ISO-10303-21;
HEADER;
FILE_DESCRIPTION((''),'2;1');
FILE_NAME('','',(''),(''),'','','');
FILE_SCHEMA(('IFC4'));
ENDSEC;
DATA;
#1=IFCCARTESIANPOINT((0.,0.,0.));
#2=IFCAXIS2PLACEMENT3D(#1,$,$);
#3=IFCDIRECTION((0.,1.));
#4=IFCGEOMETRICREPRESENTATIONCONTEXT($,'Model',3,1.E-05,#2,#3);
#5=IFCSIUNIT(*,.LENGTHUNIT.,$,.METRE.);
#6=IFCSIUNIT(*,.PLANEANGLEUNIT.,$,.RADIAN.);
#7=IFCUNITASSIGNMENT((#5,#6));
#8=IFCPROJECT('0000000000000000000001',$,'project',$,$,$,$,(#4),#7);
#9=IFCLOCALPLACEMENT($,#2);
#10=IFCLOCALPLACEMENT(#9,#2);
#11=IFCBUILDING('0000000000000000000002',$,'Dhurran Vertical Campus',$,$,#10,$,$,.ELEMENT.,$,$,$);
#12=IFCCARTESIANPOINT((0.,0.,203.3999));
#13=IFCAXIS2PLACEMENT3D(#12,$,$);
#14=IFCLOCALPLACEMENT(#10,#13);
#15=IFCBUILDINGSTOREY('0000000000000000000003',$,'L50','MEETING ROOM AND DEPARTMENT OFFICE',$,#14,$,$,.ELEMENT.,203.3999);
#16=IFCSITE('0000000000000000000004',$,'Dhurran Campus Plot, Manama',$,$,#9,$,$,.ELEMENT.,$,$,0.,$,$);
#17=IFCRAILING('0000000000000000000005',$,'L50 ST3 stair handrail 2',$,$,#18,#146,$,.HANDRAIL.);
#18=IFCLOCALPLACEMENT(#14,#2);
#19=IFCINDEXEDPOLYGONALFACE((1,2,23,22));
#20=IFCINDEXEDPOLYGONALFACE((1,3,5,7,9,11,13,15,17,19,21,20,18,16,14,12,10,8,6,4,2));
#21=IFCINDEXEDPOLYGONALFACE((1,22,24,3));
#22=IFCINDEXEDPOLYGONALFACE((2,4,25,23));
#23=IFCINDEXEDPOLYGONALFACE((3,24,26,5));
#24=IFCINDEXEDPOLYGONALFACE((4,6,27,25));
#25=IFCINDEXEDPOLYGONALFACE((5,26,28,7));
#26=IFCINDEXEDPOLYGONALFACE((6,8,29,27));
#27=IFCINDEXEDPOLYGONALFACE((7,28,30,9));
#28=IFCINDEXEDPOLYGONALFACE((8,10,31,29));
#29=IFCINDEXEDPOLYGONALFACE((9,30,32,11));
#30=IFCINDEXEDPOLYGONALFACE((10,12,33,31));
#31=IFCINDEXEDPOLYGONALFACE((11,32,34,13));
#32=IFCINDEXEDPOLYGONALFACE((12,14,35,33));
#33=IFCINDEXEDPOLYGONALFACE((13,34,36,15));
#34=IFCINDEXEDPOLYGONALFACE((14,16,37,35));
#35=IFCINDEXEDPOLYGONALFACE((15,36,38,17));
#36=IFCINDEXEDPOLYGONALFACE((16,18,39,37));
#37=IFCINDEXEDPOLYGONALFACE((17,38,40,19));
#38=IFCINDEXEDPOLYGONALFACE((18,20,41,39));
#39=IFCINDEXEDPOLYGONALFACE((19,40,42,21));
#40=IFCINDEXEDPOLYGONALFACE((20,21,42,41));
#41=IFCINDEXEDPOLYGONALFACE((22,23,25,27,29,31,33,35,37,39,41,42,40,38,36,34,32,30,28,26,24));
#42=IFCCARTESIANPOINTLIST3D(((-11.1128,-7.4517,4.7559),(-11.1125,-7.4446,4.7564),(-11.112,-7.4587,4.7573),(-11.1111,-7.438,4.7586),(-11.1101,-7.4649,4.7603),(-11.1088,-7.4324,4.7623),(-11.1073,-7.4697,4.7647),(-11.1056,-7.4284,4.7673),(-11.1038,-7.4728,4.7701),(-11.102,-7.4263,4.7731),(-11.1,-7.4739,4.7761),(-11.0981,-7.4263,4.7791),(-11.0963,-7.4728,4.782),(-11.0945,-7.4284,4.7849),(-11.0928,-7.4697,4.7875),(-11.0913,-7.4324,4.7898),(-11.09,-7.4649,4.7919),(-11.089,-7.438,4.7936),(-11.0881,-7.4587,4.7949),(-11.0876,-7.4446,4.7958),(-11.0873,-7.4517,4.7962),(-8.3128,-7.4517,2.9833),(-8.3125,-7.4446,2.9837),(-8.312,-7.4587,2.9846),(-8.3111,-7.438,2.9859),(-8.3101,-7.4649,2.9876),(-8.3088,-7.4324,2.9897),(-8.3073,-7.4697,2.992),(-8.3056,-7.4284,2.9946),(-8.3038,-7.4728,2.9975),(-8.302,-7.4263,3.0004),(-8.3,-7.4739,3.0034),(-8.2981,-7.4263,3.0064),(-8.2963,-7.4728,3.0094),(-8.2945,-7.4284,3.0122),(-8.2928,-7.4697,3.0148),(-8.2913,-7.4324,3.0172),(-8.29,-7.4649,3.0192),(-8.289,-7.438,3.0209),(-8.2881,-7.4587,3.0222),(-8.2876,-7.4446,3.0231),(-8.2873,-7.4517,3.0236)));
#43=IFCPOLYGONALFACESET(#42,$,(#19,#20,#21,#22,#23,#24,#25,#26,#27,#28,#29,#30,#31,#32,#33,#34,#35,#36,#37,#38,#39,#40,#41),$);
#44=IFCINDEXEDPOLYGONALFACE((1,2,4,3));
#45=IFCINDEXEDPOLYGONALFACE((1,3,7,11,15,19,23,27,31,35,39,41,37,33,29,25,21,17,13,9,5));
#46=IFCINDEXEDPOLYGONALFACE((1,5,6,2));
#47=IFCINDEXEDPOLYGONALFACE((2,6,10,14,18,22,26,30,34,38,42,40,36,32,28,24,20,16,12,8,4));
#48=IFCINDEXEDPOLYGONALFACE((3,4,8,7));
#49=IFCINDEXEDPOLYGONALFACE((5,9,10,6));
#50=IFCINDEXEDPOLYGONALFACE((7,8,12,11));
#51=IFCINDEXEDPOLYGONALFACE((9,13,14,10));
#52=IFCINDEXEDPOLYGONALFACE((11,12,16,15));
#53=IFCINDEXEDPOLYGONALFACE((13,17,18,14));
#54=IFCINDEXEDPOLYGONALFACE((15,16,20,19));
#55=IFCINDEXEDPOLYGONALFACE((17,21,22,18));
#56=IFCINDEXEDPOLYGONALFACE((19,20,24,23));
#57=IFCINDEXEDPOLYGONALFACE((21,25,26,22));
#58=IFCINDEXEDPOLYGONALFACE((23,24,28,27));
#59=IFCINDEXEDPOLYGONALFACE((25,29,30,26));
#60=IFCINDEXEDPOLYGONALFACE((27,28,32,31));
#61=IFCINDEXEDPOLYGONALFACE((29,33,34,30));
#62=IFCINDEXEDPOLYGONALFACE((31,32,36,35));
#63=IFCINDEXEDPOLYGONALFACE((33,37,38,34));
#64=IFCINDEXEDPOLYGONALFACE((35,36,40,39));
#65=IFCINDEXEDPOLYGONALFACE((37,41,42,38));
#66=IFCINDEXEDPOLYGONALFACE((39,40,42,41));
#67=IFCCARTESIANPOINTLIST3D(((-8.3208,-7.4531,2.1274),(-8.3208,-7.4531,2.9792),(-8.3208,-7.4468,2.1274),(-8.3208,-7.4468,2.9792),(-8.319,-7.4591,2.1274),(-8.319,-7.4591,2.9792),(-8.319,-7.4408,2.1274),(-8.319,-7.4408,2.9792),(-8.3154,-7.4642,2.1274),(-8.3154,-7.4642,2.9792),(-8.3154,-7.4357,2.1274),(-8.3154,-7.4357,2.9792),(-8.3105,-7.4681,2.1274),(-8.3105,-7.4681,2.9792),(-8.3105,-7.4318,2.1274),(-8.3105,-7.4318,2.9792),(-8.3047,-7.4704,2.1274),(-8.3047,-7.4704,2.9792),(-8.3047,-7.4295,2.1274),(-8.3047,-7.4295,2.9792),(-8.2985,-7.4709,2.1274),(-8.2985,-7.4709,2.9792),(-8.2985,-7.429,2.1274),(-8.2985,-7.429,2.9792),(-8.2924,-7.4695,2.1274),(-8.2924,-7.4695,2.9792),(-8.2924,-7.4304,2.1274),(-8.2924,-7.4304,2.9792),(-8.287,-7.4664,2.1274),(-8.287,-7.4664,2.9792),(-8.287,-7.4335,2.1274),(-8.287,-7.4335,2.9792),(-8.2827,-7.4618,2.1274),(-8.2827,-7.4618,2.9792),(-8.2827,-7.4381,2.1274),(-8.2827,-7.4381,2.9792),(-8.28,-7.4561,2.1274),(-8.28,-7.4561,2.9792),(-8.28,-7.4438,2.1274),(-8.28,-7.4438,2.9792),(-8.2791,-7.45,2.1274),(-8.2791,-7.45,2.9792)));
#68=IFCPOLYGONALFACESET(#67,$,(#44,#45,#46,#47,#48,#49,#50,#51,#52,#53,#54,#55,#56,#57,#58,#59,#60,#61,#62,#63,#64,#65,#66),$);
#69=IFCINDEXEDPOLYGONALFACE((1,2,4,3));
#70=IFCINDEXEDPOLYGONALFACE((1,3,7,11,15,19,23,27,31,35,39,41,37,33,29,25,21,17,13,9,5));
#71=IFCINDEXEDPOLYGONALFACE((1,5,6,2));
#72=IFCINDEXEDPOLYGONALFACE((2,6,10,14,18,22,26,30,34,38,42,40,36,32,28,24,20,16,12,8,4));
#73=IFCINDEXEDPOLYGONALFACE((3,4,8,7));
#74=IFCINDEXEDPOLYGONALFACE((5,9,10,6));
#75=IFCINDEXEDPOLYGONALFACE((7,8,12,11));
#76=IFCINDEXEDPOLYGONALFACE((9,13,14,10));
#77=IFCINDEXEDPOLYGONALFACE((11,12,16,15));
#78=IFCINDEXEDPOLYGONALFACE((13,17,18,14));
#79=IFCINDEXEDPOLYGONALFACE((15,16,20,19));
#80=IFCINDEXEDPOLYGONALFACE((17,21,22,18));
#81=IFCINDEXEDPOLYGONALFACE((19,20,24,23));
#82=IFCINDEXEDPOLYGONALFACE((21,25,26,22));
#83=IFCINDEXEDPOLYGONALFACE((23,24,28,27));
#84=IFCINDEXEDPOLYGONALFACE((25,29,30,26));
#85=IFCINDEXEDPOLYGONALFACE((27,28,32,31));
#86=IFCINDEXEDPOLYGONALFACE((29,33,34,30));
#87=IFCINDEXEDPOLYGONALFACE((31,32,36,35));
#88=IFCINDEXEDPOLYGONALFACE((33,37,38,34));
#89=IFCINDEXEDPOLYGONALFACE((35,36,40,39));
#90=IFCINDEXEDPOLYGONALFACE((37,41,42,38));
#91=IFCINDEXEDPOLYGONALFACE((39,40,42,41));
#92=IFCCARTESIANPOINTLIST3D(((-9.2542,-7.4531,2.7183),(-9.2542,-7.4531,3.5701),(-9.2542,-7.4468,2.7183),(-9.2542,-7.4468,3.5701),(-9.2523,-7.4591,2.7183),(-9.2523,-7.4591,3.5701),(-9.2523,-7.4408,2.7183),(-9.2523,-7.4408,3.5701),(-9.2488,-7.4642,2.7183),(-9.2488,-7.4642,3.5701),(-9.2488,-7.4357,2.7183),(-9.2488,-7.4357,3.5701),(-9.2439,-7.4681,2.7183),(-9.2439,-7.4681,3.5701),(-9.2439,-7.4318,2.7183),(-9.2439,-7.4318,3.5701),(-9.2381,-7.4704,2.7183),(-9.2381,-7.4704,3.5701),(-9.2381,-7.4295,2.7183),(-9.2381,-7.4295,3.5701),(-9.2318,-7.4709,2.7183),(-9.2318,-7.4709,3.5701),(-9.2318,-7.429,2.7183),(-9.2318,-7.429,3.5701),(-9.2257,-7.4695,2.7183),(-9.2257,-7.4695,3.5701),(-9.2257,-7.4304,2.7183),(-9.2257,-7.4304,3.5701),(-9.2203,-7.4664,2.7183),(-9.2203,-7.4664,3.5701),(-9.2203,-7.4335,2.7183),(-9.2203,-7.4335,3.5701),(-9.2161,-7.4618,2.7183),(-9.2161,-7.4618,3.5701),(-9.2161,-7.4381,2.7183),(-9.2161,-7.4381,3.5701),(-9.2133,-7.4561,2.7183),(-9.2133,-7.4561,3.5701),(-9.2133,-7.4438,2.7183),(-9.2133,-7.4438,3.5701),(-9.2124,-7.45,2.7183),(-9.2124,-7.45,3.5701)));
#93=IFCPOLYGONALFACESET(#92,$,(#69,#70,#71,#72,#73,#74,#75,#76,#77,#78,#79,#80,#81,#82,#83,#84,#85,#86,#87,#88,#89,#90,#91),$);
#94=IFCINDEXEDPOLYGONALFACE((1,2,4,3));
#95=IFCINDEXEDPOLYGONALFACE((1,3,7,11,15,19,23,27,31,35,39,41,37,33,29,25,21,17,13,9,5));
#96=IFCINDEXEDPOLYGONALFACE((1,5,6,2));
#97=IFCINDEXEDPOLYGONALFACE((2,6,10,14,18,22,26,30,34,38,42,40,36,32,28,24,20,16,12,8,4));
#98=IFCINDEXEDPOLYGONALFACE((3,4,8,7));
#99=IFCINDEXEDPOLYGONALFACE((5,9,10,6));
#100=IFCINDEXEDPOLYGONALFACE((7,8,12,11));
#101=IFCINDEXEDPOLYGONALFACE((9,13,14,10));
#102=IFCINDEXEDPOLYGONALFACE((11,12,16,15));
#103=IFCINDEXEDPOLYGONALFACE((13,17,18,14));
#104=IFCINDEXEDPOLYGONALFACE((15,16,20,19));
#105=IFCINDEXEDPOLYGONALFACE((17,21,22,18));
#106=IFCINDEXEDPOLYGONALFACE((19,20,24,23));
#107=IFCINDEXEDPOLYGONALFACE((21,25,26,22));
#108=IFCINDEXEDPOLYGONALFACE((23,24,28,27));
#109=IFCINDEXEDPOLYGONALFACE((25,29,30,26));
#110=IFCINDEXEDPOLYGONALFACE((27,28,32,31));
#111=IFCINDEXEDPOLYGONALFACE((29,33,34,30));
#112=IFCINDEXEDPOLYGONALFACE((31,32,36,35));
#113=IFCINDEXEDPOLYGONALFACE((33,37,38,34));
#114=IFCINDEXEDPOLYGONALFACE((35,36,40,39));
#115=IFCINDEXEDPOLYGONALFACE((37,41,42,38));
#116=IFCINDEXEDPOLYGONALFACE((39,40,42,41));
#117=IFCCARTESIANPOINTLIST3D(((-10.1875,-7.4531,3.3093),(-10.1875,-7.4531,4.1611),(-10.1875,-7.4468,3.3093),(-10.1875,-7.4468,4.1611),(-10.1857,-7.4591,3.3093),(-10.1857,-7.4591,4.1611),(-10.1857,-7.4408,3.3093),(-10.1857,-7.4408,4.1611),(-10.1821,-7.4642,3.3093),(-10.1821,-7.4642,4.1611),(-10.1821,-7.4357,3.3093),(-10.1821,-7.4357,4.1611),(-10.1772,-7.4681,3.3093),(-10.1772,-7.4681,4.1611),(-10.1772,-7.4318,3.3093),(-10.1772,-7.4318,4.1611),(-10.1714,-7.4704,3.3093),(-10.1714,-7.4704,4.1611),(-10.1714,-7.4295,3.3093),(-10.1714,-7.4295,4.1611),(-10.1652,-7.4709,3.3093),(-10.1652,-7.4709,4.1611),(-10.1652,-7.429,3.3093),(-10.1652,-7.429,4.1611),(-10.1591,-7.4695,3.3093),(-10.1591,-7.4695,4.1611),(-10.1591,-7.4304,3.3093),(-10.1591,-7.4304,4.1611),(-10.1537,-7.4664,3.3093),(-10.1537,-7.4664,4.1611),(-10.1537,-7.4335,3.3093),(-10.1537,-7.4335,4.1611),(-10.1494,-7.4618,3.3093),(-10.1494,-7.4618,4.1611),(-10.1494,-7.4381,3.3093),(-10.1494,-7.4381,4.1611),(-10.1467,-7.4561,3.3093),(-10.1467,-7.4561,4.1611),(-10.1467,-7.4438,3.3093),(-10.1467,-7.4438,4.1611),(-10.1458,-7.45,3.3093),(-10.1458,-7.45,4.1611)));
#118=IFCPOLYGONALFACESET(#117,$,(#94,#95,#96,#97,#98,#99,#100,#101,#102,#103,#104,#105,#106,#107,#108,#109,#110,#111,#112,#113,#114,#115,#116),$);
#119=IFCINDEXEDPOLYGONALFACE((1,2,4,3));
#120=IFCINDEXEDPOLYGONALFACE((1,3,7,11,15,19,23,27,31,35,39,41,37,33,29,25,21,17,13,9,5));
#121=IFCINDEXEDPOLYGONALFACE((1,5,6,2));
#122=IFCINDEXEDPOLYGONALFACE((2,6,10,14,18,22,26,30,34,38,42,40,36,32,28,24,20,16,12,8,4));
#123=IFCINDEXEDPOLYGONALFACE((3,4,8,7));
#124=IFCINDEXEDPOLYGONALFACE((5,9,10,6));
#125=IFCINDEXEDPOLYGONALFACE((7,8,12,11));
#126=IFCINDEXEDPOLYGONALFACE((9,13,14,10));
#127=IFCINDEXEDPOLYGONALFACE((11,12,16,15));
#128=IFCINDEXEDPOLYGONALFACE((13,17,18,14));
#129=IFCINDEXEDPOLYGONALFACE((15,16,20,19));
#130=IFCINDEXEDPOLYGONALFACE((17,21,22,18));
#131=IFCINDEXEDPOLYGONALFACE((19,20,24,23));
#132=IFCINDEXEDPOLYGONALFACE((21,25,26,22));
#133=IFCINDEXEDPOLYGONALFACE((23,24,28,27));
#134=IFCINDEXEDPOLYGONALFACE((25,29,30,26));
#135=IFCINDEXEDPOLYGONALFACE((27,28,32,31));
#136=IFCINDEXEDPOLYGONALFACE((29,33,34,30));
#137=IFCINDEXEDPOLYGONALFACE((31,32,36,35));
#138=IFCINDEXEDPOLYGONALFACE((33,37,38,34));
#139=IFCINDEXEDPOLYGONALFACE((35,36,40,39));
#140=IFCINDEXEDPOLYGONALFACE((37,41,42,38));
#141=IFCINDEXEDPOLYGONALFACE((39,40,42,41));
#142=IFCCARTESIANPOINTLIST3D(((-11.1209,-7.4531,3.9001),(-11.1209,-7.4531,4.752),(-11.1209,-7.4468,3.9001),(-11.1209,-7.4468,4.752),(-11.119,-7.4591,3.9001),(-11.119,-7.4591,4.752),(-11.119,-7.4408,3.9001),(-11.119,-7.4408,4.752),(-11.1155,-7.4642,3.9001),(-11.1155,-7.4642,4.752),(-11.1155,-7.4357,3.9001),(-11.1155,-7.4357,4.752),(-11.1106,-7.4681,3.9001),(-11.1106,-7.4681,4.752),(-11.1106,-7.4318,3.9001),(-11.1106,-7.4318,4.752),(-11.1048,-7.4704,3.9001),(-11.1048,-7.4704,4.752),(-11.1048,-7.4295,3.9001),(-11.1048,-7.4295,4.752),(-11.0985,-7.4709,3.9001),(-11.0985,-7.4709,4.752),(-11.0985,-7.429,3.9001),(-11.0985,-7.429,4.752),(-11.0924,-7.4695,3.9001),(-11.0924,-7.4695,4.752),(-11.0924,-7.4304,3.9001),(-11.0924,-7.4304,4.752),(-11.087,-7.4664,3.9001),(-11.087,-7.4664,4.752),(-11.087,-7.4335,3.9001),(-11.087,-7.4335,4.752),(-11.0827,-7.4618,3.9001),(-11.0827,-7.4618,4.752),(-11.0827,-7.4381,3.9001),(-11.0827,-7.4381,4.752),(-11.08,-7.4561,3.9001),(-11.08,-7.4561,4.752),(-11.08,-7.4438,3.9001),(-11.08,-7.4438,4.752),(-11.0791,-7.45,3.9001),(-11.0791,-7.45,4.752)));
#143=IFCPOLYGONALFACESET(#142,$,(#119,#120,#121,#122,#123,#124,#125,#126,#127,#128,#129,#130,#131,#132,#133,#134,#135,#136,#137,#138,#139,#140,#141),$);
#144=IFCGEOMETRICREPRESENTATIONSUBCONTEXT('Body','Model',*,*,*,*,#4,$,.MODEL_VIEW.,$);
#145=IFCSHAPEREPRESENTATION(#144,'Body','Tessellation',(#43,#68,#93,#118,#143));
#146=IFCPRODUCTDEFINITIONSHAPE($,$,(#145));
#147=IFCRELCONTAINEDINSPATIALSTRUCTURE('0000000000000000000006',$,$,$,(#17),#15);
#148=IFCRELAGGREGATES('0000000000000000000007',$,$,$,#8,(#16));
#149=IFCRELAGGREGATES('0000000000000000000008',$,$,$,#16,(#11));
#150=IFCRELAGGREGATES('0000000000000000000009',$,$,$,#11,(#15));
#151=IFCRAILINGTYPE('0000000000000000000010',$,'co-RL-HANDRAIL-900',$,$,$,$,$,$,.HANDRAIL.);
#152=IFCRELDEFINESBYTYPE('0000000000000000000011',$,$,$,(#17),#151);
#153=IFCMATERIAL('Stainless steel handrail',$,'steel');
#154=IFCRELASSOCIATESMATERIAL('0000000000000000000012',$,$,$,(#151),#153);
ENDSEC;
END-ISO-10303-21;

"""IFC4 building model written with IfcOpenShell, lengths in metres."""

from ifc_helpers import new_model, si_unit, direction, frame, origin, origin_2d, place, context, subcontext, project, spatial, circle, extrude, material, type_object, element, save


model = new_model("IFC4")

# Units and contexts
model_context = context("Model", 3, precision=1e-05, world=origin(), true_north=direction((0.0, 1.0)))
body_context = subcontext(model_context, "Body", "Model", "MODEL_VIEW")
ifc_project = project(units=[si_unit("LENGTHUNIT", "METRE"), si_unit("PLANEANGLEUNIT", "RADIAN")], contexts=[model_context])

# Site, building, storey
site_placement = place(None, origin())
site = spatial("IfcSite", under=ifc_project, at=site_placement, Name="Dhurran Campus Plot, Manama", CompositionType="ELEMENT", RefElevation=0.0)
building_placement = place(site_placement, origin())
building = spatial("IfcBuilding", under=site, at=building_placement, Name="Dhurran Vertical Campus", CompositionType="ELEMENT")
storey_placement = place(building_placement, frame((0.0, 0.0, 203.3999)))
storey = spatial("IfcBuildingStorey", under=building, at=storey_placement, Name="L50", Description="MEETING ROOM AND DEPARTMENT OFFICE", CompositionType="ELEMENT", Elevation=203.3999)

# Railing
ifc_material_1 = material(Name="Stainless steel handrail", Category="steel")
railing_type_1 = type_object("IfcRailingType", Name="co-RL-HANDRAIL-900", PredefinedType="HANDRAIL", material=ifc_material_1)
railing_1_placement = place(storey_placement, frame((-8.3, -7.45, 2.1274)))
element("IfcRailing", 1, at=railing_1_placement, inside=storey, type_object=railing_type_1, Name="L50 ST3 stair handrail 2", PredefinedType="HANDRAIL", context=body_context, shape_type="SweptSolid", body=[
    extrude(circle(Radius=0.0239, at=origin_2d()), frame((0.0, 0.0, 0.876), z_axis=(-0.844909, 0.0, 0.53491), x_axis=(0.0, -1.0, 0.0)), (0.0, 0.0, 1.0), 3.314),
    extrude(circle(Radius=0.021, at=origin_2d()), origin(), (0.0, 0.0, 1.0), 0.8518),
    extrude(circle(Radius=0.021, at=origin_2d()), frame((-0.9333, 0.0, 0.5908)), (0.0, 0.0, 1.0), 0.8518),
    extrude(circle(Radius=0.021, at=origin_2d()), frame((-1.8667, 0.0, 1.1819)), (0.0, 0.0, 1.0), 0.8518),
    extrude(circle(Radius=0.021, at=origin_2d()), frame((-2.8, 0.0, 1.7727)), (0.0, 0.0, 1.0), 0.8518),
])

save(model, "model.ifc")
